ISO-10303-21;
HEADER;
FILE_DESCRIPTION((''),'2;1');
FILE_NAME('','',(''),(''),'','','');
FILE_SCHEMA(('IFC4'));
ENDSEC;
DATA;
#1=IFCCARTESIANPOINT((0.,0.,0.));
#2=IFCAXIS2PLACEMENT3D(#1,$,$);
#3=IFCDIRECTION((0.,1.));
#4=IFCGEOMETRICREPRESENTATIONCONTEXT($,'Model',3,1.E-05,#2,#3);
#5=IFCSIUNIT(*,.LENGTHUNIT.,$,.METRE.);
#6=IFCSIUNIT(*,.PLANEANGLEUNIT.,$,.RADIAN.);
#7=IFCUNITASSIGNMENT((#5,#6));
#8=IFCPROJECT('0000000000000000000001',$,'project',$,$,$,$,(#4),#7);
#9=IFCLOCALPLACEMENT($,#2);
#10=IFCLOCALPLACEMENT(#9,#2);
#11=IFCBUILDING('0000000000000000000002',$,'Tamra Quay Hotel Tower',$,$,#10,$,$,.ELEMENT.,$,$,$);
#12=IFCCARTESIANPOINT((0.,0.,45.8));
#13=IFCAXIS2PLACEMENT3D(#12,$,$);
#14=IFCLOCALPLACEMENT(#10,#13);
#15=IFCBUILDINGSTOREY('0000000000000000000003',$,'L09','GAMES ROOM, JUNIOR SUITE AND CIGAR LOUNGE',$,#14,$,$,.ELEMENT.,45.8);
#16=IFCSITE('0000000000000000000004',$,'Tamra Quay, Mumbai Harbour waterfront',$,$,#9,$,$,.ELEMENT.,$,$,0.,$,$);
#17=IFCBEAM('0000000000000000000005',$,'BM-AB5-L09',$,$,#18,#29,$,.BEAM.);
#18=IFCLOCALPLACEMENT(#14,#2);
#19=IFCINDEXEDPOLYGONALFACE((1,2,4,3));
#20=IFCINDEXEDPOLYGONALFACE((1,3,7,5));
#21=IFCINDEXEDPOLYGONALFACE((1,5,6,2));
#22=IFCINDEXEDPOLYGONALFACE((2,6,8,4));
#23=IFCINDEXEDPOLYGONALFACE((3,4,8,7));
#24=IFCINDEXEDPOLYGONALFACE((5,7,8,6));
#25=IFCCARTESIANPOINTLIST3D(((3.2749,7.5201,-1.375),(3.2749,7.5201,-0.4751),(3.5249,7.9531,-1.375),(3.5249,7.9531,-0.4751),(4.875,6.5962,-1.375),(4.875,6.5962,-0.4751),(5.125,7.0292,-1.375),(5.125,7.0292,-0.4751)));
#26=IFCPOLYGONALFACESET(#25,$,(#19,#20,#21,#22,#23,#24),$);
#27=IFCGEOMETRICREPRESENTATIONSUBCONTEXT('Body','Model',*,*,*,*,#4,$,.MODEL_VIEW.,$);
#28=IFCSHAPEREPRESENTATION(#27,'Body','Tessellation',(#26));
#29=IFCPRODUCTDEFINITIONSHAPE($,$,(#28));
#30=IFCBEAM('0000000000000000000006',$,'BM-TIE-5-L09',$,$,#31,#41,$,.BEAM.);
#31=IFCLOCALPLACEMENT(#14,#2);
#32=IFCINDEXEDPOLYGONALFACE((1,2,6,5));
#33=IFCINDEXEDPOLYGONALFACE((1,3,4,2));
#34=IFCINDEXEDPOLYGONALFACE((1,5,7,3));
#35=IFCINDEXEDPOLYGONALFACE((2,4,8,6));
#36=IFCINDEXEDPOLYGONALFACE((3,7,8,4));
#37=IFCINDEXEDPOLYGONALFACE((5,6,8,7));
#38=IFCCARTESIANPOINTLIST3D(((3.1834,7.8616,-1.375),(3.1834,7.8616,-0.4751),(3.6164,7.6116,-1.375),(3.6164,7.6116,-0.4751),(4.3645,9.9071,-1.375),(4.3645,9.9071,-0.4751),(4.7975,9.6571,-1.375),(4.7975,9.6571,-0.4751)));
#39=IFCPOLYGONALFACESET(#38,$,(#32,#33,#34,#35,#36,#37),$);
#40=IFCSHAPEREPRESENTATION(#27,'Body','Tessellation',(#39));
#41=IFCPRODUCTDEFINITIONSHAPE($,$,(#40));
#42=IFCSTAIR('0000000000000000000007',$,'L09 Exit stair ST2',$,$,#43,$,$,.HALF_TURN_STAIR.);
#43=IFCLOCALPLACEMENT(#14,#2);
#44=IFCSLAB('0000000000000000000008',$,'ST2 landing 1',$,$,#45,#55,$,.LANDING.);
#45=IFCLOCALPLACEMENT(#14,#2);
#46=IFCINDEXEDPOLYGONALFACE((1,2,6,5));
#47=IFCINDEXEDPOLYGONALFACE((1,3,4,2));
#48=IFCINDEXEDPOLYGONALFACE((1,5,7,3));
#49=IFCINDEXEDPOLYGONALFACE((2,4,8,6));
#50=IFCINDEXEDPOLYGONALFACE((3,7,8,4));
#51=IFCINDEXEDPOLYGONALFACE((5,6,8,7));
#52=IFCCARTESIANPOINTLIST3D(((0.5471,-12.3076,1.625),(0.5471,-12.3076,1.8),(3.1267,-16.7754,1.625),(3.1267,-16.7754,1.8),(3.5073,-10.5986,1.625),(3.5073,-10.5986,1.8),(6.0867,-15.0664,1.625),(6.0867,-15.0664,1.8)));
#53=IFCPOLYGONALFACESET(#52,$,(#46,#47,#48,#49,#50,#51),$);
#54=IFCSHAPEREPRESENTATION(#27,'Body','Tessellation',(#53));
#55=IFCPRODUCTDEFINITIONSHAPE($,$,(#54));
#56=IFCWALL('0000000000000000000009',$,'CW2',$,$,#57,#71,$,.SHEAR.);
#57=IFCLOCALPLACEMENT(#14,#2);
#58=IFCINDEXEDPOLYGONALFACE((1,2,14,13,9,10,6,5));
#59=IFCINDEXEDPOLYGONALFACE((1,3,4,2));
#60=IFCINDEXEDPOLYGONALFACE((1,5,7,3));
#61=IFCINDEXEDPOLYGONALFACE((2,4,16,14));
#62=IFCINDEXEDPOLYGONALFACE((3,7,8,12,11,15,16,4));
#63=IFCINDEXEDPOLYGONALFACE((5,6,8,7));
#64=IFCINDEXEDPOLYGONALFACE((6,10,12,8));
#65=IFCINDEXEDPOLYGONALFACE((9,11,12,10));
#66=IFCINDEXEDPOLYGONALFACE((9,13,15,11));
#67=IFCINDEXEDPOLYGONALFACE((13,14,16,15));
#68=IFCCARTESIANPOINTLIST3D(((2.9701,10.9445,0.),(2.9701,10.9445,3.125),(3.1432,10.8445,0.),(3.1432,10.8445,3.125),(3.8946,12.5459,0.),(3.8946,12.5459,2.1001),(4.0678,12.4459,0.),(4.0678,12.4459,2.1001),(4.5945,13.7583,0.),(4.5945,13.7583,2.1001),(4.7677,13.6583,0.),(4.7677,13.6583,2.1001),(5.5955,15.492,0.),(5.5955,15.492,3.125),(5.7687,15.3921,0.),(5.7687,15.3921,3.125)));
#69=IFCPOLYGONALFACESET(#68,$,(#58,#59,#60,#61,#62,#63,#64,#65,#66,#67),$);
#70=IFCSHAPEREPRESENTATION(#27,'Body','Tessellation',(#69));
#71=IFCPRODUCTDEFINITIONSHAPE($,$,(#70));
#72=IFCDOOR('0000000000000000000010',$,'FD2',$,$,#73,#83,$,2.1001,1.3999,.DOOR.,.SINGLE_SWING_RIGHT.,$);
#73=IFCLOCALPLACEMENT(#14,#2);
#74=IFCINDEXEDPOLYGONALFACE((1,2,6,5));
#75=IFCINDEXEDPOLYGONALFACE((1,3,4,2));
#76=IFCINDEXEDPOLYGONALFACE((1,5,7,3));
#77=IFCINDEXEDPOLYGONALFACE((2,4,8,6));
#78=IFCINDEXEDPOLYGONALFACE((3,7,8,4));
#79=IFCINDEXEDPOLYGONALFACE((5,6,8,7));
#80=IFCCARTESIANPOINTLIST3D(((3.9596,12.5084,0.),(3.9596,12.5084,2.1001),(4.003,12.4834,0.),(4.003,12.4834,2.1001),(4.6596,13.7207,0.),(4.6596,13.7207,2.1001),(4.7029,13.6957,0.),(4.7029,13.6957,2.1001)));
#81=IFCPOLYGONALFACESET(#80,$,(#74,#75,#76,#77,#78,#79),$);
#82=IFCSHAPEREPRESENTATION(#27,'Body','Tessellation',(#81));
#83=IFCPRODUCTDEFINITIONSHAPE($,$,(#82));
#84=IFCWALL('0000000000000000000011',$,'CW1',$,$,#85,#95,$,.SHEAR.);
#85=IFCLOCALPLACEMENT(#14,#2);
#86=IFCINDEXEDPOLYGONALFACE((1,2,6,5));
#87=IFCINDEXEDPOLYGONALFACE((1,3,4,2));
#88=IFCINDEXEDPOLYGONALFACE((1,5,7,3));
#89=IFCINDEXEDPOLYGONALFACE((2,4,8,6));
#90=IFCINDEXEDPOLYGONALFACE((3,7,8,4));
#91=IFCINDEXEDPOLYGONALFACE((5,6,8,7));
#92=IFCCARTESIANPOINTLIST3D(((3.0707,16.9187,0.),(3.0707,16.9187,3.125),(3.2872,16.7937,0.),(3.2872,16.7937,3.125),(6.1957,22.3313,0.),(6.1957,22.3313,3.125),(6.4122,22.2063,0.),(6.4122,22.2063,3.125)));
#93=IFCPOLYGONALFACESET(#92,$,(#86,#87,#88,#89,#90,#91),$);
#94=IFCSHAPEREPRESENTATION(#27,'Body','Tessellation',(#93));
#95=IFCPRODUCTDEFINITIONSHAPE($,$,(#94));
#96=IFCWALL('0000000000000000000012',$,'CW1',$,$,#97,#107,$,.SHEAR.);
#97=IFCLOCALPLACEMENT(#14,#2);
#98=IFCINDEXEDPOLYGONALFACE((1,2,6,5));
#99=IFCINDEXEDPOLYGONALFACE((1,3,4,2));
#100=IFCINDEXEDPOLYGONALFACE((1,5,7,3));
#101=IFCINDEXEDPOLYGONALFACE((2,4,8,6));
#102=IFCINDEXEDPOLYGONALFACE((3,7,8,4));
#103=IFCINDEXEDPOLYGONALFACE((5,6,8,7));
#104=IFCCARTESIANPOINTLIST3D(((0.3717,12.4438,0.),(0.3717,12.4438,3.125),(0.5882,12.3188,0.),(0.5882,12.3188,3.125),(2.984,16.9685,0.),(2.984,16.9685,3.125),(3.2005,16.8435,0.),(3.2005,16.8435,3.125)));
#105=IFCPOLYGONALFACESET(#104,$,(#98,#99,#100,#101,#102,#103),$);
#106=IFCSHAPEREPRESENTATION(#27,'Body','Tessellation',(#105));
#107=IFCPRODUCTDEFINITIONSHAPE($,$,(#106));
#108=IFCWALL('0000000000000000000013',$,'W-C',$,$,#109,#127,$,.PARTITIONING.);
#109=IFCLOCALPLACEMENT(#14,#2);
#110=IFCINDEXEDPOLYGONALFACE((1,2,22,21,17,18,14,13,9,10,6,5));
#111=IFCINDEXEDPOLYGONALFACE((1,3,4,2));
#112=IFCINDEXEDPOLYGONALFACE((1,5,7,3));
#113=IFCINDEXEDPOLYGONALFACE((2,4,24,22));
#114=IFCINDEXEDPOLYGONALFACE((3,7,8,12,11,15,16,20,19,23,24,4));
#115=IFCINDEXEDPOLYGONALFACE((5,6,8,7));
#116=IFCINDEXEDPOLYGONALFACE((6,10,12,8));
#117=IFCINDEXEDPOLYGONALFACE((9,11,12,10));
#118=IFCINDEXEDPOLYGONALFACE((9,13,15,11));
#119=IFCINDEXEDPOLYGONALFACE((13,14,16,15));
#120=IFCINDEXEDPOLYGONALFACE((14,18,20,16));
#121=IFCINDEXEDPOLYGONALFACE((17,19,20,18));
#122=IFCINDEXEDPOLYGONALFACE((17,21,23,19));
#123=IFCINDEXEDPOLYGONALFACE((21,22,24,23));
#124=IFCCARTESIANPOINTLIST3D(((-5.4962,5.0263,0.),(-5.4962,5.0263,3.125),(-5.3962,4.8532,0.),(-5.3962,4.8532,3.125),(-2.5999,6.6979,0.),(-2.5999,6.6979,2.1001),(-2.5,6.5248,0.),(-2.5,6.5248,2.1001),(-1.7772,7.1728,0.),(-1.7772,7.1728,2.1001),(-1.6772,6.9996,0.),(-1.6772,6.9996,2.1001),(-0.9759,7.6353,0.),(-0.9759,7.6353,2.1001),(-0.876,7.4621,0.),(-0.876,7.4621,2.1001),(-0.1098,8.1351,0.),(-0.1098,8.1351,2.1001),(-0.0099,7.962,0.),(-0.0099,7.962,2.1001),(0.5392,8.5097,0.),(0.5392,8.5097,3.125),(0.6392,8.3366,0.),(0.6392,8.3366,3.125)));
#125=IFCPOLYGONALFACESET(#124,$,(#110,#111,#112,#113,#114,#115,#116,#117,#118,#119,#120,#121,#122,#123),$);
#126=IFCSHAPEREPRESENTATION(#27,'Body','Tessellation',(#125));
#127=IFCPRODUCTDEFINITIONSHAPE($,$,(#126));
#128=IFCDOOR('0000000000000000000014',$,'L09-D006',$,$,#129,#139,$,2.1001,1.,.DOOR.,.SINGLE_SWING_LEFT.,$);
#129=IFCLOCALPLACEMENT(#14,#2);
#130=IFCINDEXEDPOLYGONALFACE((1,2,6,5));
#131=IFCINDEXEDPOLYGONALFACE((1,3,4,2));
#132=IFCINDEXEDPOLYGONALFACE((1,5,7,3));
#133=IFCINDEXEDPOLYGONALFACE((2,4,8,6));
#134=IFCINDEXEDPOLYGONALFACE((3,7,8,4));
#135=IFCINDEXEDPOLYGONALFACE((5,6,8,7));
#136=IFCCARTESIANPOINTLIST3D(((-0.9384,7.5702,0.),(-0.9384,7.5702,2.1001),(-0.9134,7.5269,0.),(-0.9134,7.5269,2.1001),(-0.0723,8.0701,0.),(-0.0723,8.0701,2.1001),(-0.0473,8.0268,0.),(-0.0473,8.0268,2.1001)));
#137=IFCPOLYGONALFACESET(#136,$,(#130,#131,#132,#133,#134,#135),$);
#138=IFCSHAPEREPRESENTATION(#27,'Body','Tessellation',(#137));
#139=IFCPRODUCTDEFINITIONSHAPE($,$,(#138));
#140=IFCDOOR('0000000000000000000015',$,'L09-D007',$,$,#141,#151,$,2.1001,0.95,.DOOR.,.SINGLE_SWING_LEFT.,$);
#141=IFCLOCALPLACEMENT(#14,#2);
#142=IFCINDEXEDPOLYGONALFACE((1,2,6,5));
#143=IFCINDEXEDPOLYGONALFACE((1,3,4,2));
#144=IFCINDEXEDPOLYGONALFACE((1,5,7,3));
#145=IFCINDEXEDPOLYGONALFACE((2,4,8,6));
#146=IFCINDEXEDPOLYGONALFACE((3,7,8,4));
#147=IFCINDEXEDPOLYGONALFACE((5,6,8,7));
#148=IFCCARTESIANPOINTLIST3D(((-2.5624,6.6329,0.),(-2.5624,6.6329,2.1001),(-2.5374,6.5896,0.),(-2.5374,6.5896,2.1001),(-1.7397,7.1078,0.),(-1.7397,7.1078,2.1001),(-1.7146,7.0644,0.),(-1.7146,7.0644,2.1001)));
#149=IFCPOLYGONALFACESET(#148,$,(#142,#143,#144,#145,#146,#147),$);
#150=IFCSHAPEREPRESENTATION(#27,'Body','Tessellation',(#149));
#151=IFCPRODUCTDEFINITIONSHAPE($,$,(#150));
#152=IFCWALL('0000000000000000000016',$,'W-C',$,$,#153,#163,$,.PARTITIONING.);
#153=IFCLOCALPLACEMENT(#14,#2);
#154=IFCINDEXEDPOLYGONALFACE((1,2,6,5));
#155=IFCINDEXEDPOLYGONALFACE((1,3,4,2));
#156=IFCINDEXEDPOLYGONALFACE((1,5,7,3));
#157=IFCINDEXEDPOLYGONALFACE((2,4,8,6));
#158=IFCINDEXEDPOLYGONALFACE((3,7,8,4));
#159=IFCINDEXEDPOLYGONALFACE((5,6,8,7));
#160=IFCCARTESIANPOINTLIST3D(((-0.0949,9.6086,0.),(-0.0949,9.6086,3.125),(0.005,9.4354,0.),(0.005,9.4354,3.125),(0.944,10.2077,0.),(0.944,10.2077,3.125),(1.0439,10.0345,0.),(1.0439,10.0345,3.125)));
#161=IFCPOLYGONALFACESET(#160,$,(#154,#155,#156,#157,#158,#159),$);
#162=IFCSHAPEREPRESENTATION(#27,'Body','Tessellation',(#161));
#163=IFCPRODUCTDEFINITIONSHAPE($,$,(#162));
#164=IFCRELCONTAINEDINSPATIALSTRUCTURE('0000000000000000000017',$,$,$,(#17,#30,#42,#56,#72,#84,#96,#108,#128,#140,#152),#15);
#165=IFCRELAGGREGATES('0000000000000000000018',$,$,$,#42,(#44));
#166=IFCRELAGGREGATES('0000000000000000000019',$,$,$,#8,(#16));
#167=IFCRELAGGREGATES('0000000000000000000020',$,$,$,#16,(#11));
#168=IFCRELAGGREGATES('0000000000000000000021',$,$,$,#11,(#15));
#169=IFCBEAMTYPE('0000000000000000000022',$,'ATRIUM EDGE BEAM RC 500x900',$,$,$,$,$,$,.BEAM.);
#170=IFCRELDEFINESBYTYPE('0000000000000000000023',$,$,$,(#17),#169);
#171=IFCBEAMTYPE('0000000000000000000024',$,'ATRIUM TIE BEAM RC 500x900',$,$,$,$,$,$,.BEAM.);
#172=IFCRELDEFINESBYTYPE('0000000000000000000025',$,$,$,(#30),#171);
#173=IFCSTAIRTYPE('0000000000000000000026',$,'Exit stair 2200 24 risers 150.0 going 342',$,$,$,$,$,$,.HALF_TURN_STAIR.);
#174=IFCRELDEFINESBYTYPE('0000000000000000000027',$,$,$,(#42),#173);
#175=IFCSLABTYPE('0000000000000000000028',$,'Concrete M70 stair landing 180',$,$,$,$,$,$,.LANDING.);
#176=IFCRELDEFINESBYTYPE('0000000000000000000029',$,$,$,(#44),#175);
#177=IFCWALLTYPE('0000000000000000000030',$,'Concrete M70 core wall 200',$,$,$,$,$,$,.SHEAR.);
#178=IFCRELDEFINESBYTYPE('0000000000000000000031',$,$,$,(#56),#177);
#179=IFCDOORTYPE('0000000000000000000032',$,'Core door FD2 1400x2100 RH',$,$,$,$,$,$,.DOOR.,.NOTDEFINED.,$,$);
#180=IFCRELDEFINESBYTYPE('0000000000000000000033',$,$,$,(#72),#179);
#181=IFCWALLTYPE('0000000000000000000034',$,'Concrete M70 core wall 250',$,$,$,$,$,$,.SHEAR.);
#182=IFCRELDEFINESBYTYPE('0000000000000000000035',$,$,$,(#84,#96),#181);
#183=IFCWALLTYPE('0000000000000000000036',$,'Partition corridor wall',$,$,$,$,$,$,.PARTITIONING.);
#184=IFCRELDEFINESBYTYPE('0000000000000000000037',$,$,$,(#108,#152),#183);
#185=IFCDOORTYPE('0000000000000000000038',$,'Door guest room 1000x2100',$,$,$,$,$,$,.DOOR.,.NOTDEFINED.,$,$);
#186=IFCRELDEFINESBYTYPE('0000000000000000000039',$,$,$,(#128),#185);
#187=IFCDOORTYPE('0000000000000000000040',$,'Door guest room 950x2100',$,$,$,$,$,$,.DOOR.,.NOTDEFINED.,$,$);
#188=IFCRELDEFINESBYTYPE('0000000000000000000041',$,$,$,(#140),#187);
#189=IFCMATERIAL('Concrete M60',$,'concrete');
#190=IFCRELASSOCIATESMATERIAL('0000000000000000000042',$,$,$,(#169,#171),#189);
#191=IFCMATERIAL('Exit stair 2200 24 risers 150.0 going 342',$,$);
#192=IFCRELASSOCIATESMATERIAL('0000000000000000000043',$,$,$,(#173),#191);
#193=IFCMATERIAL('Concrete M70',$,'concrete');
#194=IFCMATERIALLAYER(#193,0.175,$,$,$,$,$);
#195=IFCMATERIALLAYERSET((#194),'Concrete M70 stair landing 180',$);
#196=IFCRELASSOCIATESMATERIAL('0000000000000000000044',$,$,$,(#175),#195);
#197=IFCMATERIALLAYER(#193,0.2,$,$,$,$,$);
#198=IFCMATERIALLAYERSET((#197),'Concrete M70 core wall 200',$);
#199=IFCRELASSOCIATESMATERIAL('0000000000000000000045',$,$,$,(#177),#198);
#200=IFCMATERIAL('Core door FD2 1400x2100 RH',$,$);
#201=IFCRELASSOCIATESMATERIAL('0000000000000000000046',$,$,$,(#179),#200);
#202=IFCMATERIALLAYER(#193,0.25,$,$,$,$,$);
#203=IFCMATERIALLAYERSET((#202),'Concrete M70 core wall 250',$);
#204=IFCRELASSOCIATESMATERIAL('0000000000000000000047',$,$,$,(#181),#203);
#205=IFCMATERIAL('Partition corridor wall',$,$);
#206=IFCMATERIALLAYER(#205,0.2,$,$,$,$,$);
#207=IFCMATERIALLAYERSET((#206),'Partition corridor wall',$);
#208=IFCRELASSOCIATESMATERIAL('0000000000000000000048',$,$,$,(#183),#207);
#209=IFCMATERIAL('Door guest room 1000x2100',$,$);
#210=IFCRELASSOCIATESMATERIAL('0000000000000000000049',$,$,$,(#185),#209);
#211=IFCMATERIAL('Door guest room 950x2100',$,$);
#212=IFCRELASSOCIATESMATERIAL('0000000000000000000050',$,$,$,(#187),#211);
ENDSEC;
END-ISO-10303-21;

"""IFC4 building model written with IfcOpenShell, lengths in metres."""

from ifc_helpers import new_model, si_unit, direction, frame, frame_2d, origin, origin_2d, place, context, subcontext, project, spatial, polyline, rectangle, outline, extrude, material, layer, layer_set, material_profile, profile_set, type_object, element, fill, aggregate, save


model = new_model("IFC4")

# Units and contexts
model_context = context("Model", 3, precision=1e-05, world=origin(), true_north=direction((0.0, 1.0)))
body_context = subcontext(model_context, "Body", "Model", "MODEL_VIEW")
ifc_project = project(units=[si_unit("LENGTHUNIT", "METRE"), si_unit("PLANEANGLEUNIT", "RADIAN")], contexts=[model_context])

# Site, building, storey
site_placement = place(None, origin())
site = spatial("IfcSite", under=ifc_project, at=site_placement, Name="Tamra Quay, Mumbai Harbour waterfront", CompositionType="ELEMENT", RefElevation=0.0)
building_placement = place(site_placement, origin())
building = spatial("IfcBuilding", under=site, at=building_placement, Name="Tamra Quay Hotel Tower", CompositionType="ELEMENT")
storey_placement = place(building_placement, frame((0.0, 0.0, 45.8)))
storey = spatial("IfcBuildingStorey", under=building, at=storey_placement, Name="L09", Description="GAMES ROOM, JUNIOR SUITE AND CIGAR LOUNGE", CompositionType="ELEMENT", Elevation=45.8)

# Beams
ifc_material_1 = material(Name="Concrete M60", Category="concrete")
ifc_material_profile_1 = material_profile(ifc_material_1, rectangle(XDim=0.5, YDim=0.8999, at=origin_2d()), Name="ATRIUM EDGE BEAM RC 500x900")
ifc_profile_set_1 = profile_set([ifc_material_profile_1], Name="Concrete M60")
beam_type_1 = type_object("IfcBeamType", Name="ATRIUM EDGE BEAM RC 500x900", PredefinedType="BEAM", material=ifc_profile_set_1)
beam_1_placement = place(storey_placement, frame((3.3999, 7.7366, -0.925), z_axis=(0.866023, -0.500005, 0.0), x_axis=(0.500005, 0.866023, 0.0)))
element("IfcBeam", 1, at=beam_1_placement, inside=storey, type_object=beam_type_1, Name="BM-AB5-L09", PredefinedType="BEAM", context=body_context, shape_type="SweptSolid", body=[
    extrude(rectangle(XDim=0.5, YDim=0.8999, at=origin_2d()), origin(), (0.0, 0.0, 1.0), 1.8477),
])
ifc_material_profile_2 = material_profile(ifc_material_1, rectangle(XDim=0.5, YDim=0.8999, at=origin_2d()), Name="ATRIUM TIE BEAM RC 500x900")
ifc_profile_set_2 = profile_set([ifc_material_profile_2], Name="Concrete M60")
beam_type_2 = type_object("IfcBeamType", Name="ATRIUM TIE BEAM RC 500x900", PredefinedType="BEAM", material=ifc_profile_set_2)
beam_2_placement = place(storey_placement, frame((3.3999, 7.7366, -0.925), z_axis=(0.50003, 0.866008, 0.0), x_axis=(-0.866008, 0.50003, 0.0)))
element("IfcBeam", 2, at=beam_2_placement, inside=storey, type_object=beam_type_2, Name="BM-TIE-5-L09", PredefinedType="BEAM", context=body_context, shape_type="SweptSolid", body=[
    extrude(rectangle(XDim=0.5, YDim=0.8999, at=origin_2d()), origin(), (0.0, 0.0, 1.0), 2.3621),
])

# Stair, slab
ifc_material_2 = material(Name="Exit stair 2200 24 risers 150.0 going 342")
stair_type = type_object("IfcStairType", Name="Exit stair 2200 24 risers 150.0 going 342", PredefinedType="HALF_TURN_STAIR", material=ifc_material_2)
stair_1_placement = place(storey_placement, origin())
stair_1 = element("IfcStair", 3, at=stair_1_placement, inside=storey, type_object=stair_type, Name="L09 Exit stair ST2", PredefinedType="HALF_TURN_STAIR")
ifc_material_3 = material(Name="Concrete M70", Category="concrete")
ifc_layer_1 = layer(ifc_material_3, 0.175)
ifc_layer_set_1 = layer_set([ifc_layer_1], Name="Concrete M70 stair landing 180")
slab_type = type_object("IfcSlabType", Name="Concrete M70 stair landing 180", PredefinedType="LANDING", material=ifc_layer_set_1)
slab_placement = place(storey_placement, frame((0.0, 0.0, 1.625)))
slab = element("IfcSlab", 4, at=slab_placement, type_object=slab_type, Name="ST2 landing 1", PredefinedType="LANDING", context=body_context, shape_type="SweptSolid", body=[
    extrude(outline(polyline([(3.5073, -10.5986), (0.5471, -12.3076), (3.1267, -16.7754), (6.0867, -15.0664), (3.5073, -10.5986)])), origin(), (0.0, 0.0, 1.0), 0.175),
])
aggregate(stair_1, [slab])

# Wall, opening, door
ifc_layer_2 = layer(ifc_material_3, 0.2)
ifc_layer_set_2 = layer_set([ifc_layer_2], Name="Concrete M70 core wall 200")
wall_type_1 = type_object("IfcWallType", Name="Concrete M70 core wall 200", PredefinedType="SHEAR", material=ifc_layer_set_2)
wall_1_placement = place(storey_placement, frame((3.0566, 10.8945, 0.0), z_axis=(0.0, 0.0, 1.0), x_axis=(0.499989, 0.866032, 0.0)))
wall_1 = element("IfcWall", 5, at=wall_1_placement, inside=storey, type_object=wall_type_1, Name="CW2", PredefinedType="SHEAR", context=body_context, shape_type="SweptSolid", body=[
    extrude(rectangle(XDim=5.251, YDim=0.2, at=frame_2d((2.6255, 0.0))), origin(), (0.0, 0.0, 1.0), 3.125),
])
opening_1_placement = place(wall_1_placement, frame((1.8491, 0.0, 0.0)))
opening_1 = element("IfcOpeningElement", 6, at=opening_1_placement, cuts=wall_1, PredefinedType="OPENING", context=body_context, shape_type="SweptSolid", body=[
    extrude(rectangle(XDim=1.3999, YDim=2.1001, at=frame_2d((0.7, 1.05))), frame((0.0, 0.1099, 0.0), z_axis=(0.0, -1.0, 0.0), x_axis=(1.0, 0.0, 0.0)), (0.0, 0.0, 1.0), 0.22),
])
ifc_material_4 = material(Name="Core door FD2 1400x2100 RH")
door_type_1 = type_object("IfcDoorType", Name="Core door FD2 1400x2100 RH", OperationType="NOTDEFINED", PredefinedType="DOOR", material=ifc_material_4)
door_1_placement = place(opening_1_placement, origin())
door_1 = element("IfcDoor", 7, at=door_1_placement, inside=storey, type_object=door_type_1, Name="FD2", OperationType="SINGLE_SWING_RIGHT", OverallHeight=2.1001, OverallWidth=1.3999, PredefinedType="DOOR", context=body_context, shape_type="SweptSolid", body=[
    extrude(rectangle(XDim=1.3999, YDim=2.1001, at=frame_2d((0.7, 1.05))), frame((0.0, 0.0249, 0.0), z_axis=(0.0, -1.0, 0.0), x_axis=(1.0, 0.0, 0.0)), (0.0, 0.0, 1.0), 0.05),
])
fill(opening_1, door_1)

# Walls
ifc_layer_3 = layer(ifc_material_3, 0.25)
ifc_layer_set_3 = layer_set([ifc_layer_3], Name="Concrete M70 core wall 250")
wall_type_2 = type_object("IfcWallType", Name="Concrete M70 core wall 250", PredefinedType="SHEAR", material=ifc_layer_set_3)
wall_2_placement = place(storey_placement, frame((3.179, 16.8562, 0.0), z_axis=(0.0, 0.0, 1.0), x_axis=(0.500004, 0.866023, 0.0)))
element("IfcWall", 8, at=wall_2_placement, inside=storey, type_object=wall_type_2, Name="CW1", PredefinedType="SHEAR", context=body_context, shape_type="SweptSolid", body=[
    extrude(rectangle(XDim=6.25, YDim=0.25, at=frame_2d((3.125, 0.0))), origin(), (0.0, 0.0, 1.0), 3.125),
])
wall_3_placement = place(storey_placement, frame((0.48, 12.3813, 0.0), z_axis=(0.0, 0.0, 1.0), x_axis=(0.499999, 0.866026, 0.0)))
element("IfcWall", 9, at=wall_3_placement, inside=storey, type_object=wall_type_2, Name="CW1", PredefinedType="SHEAR", context=body_context, shape_type="SweptSolid", body=[
    extrude(rectangle(XDim=5.2246, YDim=0.25, at=frame_2d((2.6123, 0.0))), origin(), (0.0, 0.0, 1.0), 3.125),
])

# Wall, openings, doors
ifc_material_5 = material(Name="Partition corridor wall")
ifc_layer_4 = layer(ifc_material_5, 0.2)
ifc_layer_set_4 = layer_set([ifc_layer_4], Name="Partition corridor wall")
wall_type_3 = type_object("IfcWallType", Name="Partition corridor wall", PredefinedType="PARTITIONING", material=ifc_layer_set_4)
wall_4_placement = place(storey_placement, frame((-5.4463, 4.9397, 0.0), z_axis=(0.0, 0.0, 1.0), x_axis=(0.866096, 0.499877, 0.0)))
wall_4 = element("IfcWall", 10, at=wall_4_placement, inside=storey, type_object=wall_type_3, Name="W-C", PredefinedType="PARTITIONING", context=body_context, shape_type="SweptSolid", body=[
    extrude(rectangle(XDim=6.9685, YDim=0.2, at=frame_2d((3.4844, 0.0))), origin(), (0.0, 0.0, 1.0), 3.125),
])
opening_2_placement = place(wall_4_placement, frame((5.2192, 0.0, 0.0)))
opening_2 = element("IfcOpeningElement", 11, at=opening_2_placement, cuts=wall_4, PredefinedType="OPENING", context=body_context, shape_type="SweptSolid", body=[
    extrude(rectangle(XDim=1.0, YDim=2.1001, at=frame_2d((0.5, 1.05))), frame((0.0, 0.1099, 0.0), z_axis=(0.0, -1.0, 0.0), x_axis=(1.0, 0.0, 0.0)), (0.0, 0.0, 1.0), 0.22),
])
opening_3_placement = place(wall_4_placement, frame((3.344, 0.0, 0.0)))
opening_3 = element("IfcOpeningElement", 12, at=opening_3_placement, cuts=wall_4, PredefinedType="OPENING", context=body_context, shape_type="SweptSolid", body=[
    extrude(rectangle(XDim=0.95, YDim=2.1001, at=frame_2d((0.4751, 1.05))), frame((0.0, 0.1099, 0.0), z_axis=(0.0, -1.0, 0.0), x_axis=(1.0, 0.0, 0.0)), (0.0, 0.0, 1.0), 0.22),
])
ifc_material_6 = material(Name="Door guest room 1000x2100")
door_type_2 = type_object("IfcDoorType", Name="Door guest room 1000x2100", OperationType="NOTDEFINED", PredefinedType="DOOR", material=ifc_material_6)
door_2_placement = place(opening_2_placement, origin())
door_2 = element("IfcDoor", 13, at=door_2_placement, inside=storey, type_object=door_type_2, Name="L09-D006", OperationType="SINGLE_SWING_LEFT", OverallHeight=2.1001, OverallWidth=1.0, PredefinedType="DOOR", context=body_context, shape_type="SweptSolid", body=[
    extrude(rectangle(XDim=1.0, YDim=2.1001, at=frame_2d((0.5, 1.05))), frame((0.0, 0.0249, 0.0), z_axis=(0.0, -1.0, 0.0), x_axis=(1.0, 0.0, 0.0)), (0.0, 0.0, 1.0), 0.05),
])
fill(opening_2, door_2)
ifc_material_7 = material(Name="Door guest room 950x2100")
door_type_3 = type_object("IfcDoorType", Name="Door guest room 950x2100", OperationType="NOTDEFINED", PredefinedType="DOOR", material=ifc_material_7)
door_3_placement = place(opening_3_placement, origin())
door_3 = element("IfcDoor", 14, at=door_3_placement, inside=storey, type_object=door_type_3, Name="L09-D007", OperationType="SINGLE_SWING_LEFT", OverallHeight=2.1001, OverallWidth=0.95, PredefinedType="DOOR", context=body_context, shape_type="SweptSolid", body=[
    extrude(rectangle(XDim=0.95, YDim=2.1001, at=frame_2d((0.4751, 1.05))), frame((0.0, 0.0249, 0.0), z_axis=(0.0, -1.0, 0.0), x_axis=(1.0, 0.0, 0.0)), (0.0, 0.0, 1.0), 0.05),
])
fill(opening_3, door_3)

# Wall
wall_5_placement = place(storey_placement, frame((-0.0449, 9.522, 0.0), z_axis=(0.0, 0.0, 1.0), x_axis=(0.866257, 0.499599, 0.0)))
element("IfcWall", 15, at=wall_5_placement, inside=storey, type_object=wall_type_3, Name="W-C", PredefinedType="PARTITIONING", context=body_context, shape_type="SweptSolid", body=[
    extrude(rectangle(XDim=1.1992, YDim=0.2, at=frame_2d((0.5996, 0.0))), origin(), (0.0, 0.0, 1.0), 3.125),
])

save(model, "model.ifc")
